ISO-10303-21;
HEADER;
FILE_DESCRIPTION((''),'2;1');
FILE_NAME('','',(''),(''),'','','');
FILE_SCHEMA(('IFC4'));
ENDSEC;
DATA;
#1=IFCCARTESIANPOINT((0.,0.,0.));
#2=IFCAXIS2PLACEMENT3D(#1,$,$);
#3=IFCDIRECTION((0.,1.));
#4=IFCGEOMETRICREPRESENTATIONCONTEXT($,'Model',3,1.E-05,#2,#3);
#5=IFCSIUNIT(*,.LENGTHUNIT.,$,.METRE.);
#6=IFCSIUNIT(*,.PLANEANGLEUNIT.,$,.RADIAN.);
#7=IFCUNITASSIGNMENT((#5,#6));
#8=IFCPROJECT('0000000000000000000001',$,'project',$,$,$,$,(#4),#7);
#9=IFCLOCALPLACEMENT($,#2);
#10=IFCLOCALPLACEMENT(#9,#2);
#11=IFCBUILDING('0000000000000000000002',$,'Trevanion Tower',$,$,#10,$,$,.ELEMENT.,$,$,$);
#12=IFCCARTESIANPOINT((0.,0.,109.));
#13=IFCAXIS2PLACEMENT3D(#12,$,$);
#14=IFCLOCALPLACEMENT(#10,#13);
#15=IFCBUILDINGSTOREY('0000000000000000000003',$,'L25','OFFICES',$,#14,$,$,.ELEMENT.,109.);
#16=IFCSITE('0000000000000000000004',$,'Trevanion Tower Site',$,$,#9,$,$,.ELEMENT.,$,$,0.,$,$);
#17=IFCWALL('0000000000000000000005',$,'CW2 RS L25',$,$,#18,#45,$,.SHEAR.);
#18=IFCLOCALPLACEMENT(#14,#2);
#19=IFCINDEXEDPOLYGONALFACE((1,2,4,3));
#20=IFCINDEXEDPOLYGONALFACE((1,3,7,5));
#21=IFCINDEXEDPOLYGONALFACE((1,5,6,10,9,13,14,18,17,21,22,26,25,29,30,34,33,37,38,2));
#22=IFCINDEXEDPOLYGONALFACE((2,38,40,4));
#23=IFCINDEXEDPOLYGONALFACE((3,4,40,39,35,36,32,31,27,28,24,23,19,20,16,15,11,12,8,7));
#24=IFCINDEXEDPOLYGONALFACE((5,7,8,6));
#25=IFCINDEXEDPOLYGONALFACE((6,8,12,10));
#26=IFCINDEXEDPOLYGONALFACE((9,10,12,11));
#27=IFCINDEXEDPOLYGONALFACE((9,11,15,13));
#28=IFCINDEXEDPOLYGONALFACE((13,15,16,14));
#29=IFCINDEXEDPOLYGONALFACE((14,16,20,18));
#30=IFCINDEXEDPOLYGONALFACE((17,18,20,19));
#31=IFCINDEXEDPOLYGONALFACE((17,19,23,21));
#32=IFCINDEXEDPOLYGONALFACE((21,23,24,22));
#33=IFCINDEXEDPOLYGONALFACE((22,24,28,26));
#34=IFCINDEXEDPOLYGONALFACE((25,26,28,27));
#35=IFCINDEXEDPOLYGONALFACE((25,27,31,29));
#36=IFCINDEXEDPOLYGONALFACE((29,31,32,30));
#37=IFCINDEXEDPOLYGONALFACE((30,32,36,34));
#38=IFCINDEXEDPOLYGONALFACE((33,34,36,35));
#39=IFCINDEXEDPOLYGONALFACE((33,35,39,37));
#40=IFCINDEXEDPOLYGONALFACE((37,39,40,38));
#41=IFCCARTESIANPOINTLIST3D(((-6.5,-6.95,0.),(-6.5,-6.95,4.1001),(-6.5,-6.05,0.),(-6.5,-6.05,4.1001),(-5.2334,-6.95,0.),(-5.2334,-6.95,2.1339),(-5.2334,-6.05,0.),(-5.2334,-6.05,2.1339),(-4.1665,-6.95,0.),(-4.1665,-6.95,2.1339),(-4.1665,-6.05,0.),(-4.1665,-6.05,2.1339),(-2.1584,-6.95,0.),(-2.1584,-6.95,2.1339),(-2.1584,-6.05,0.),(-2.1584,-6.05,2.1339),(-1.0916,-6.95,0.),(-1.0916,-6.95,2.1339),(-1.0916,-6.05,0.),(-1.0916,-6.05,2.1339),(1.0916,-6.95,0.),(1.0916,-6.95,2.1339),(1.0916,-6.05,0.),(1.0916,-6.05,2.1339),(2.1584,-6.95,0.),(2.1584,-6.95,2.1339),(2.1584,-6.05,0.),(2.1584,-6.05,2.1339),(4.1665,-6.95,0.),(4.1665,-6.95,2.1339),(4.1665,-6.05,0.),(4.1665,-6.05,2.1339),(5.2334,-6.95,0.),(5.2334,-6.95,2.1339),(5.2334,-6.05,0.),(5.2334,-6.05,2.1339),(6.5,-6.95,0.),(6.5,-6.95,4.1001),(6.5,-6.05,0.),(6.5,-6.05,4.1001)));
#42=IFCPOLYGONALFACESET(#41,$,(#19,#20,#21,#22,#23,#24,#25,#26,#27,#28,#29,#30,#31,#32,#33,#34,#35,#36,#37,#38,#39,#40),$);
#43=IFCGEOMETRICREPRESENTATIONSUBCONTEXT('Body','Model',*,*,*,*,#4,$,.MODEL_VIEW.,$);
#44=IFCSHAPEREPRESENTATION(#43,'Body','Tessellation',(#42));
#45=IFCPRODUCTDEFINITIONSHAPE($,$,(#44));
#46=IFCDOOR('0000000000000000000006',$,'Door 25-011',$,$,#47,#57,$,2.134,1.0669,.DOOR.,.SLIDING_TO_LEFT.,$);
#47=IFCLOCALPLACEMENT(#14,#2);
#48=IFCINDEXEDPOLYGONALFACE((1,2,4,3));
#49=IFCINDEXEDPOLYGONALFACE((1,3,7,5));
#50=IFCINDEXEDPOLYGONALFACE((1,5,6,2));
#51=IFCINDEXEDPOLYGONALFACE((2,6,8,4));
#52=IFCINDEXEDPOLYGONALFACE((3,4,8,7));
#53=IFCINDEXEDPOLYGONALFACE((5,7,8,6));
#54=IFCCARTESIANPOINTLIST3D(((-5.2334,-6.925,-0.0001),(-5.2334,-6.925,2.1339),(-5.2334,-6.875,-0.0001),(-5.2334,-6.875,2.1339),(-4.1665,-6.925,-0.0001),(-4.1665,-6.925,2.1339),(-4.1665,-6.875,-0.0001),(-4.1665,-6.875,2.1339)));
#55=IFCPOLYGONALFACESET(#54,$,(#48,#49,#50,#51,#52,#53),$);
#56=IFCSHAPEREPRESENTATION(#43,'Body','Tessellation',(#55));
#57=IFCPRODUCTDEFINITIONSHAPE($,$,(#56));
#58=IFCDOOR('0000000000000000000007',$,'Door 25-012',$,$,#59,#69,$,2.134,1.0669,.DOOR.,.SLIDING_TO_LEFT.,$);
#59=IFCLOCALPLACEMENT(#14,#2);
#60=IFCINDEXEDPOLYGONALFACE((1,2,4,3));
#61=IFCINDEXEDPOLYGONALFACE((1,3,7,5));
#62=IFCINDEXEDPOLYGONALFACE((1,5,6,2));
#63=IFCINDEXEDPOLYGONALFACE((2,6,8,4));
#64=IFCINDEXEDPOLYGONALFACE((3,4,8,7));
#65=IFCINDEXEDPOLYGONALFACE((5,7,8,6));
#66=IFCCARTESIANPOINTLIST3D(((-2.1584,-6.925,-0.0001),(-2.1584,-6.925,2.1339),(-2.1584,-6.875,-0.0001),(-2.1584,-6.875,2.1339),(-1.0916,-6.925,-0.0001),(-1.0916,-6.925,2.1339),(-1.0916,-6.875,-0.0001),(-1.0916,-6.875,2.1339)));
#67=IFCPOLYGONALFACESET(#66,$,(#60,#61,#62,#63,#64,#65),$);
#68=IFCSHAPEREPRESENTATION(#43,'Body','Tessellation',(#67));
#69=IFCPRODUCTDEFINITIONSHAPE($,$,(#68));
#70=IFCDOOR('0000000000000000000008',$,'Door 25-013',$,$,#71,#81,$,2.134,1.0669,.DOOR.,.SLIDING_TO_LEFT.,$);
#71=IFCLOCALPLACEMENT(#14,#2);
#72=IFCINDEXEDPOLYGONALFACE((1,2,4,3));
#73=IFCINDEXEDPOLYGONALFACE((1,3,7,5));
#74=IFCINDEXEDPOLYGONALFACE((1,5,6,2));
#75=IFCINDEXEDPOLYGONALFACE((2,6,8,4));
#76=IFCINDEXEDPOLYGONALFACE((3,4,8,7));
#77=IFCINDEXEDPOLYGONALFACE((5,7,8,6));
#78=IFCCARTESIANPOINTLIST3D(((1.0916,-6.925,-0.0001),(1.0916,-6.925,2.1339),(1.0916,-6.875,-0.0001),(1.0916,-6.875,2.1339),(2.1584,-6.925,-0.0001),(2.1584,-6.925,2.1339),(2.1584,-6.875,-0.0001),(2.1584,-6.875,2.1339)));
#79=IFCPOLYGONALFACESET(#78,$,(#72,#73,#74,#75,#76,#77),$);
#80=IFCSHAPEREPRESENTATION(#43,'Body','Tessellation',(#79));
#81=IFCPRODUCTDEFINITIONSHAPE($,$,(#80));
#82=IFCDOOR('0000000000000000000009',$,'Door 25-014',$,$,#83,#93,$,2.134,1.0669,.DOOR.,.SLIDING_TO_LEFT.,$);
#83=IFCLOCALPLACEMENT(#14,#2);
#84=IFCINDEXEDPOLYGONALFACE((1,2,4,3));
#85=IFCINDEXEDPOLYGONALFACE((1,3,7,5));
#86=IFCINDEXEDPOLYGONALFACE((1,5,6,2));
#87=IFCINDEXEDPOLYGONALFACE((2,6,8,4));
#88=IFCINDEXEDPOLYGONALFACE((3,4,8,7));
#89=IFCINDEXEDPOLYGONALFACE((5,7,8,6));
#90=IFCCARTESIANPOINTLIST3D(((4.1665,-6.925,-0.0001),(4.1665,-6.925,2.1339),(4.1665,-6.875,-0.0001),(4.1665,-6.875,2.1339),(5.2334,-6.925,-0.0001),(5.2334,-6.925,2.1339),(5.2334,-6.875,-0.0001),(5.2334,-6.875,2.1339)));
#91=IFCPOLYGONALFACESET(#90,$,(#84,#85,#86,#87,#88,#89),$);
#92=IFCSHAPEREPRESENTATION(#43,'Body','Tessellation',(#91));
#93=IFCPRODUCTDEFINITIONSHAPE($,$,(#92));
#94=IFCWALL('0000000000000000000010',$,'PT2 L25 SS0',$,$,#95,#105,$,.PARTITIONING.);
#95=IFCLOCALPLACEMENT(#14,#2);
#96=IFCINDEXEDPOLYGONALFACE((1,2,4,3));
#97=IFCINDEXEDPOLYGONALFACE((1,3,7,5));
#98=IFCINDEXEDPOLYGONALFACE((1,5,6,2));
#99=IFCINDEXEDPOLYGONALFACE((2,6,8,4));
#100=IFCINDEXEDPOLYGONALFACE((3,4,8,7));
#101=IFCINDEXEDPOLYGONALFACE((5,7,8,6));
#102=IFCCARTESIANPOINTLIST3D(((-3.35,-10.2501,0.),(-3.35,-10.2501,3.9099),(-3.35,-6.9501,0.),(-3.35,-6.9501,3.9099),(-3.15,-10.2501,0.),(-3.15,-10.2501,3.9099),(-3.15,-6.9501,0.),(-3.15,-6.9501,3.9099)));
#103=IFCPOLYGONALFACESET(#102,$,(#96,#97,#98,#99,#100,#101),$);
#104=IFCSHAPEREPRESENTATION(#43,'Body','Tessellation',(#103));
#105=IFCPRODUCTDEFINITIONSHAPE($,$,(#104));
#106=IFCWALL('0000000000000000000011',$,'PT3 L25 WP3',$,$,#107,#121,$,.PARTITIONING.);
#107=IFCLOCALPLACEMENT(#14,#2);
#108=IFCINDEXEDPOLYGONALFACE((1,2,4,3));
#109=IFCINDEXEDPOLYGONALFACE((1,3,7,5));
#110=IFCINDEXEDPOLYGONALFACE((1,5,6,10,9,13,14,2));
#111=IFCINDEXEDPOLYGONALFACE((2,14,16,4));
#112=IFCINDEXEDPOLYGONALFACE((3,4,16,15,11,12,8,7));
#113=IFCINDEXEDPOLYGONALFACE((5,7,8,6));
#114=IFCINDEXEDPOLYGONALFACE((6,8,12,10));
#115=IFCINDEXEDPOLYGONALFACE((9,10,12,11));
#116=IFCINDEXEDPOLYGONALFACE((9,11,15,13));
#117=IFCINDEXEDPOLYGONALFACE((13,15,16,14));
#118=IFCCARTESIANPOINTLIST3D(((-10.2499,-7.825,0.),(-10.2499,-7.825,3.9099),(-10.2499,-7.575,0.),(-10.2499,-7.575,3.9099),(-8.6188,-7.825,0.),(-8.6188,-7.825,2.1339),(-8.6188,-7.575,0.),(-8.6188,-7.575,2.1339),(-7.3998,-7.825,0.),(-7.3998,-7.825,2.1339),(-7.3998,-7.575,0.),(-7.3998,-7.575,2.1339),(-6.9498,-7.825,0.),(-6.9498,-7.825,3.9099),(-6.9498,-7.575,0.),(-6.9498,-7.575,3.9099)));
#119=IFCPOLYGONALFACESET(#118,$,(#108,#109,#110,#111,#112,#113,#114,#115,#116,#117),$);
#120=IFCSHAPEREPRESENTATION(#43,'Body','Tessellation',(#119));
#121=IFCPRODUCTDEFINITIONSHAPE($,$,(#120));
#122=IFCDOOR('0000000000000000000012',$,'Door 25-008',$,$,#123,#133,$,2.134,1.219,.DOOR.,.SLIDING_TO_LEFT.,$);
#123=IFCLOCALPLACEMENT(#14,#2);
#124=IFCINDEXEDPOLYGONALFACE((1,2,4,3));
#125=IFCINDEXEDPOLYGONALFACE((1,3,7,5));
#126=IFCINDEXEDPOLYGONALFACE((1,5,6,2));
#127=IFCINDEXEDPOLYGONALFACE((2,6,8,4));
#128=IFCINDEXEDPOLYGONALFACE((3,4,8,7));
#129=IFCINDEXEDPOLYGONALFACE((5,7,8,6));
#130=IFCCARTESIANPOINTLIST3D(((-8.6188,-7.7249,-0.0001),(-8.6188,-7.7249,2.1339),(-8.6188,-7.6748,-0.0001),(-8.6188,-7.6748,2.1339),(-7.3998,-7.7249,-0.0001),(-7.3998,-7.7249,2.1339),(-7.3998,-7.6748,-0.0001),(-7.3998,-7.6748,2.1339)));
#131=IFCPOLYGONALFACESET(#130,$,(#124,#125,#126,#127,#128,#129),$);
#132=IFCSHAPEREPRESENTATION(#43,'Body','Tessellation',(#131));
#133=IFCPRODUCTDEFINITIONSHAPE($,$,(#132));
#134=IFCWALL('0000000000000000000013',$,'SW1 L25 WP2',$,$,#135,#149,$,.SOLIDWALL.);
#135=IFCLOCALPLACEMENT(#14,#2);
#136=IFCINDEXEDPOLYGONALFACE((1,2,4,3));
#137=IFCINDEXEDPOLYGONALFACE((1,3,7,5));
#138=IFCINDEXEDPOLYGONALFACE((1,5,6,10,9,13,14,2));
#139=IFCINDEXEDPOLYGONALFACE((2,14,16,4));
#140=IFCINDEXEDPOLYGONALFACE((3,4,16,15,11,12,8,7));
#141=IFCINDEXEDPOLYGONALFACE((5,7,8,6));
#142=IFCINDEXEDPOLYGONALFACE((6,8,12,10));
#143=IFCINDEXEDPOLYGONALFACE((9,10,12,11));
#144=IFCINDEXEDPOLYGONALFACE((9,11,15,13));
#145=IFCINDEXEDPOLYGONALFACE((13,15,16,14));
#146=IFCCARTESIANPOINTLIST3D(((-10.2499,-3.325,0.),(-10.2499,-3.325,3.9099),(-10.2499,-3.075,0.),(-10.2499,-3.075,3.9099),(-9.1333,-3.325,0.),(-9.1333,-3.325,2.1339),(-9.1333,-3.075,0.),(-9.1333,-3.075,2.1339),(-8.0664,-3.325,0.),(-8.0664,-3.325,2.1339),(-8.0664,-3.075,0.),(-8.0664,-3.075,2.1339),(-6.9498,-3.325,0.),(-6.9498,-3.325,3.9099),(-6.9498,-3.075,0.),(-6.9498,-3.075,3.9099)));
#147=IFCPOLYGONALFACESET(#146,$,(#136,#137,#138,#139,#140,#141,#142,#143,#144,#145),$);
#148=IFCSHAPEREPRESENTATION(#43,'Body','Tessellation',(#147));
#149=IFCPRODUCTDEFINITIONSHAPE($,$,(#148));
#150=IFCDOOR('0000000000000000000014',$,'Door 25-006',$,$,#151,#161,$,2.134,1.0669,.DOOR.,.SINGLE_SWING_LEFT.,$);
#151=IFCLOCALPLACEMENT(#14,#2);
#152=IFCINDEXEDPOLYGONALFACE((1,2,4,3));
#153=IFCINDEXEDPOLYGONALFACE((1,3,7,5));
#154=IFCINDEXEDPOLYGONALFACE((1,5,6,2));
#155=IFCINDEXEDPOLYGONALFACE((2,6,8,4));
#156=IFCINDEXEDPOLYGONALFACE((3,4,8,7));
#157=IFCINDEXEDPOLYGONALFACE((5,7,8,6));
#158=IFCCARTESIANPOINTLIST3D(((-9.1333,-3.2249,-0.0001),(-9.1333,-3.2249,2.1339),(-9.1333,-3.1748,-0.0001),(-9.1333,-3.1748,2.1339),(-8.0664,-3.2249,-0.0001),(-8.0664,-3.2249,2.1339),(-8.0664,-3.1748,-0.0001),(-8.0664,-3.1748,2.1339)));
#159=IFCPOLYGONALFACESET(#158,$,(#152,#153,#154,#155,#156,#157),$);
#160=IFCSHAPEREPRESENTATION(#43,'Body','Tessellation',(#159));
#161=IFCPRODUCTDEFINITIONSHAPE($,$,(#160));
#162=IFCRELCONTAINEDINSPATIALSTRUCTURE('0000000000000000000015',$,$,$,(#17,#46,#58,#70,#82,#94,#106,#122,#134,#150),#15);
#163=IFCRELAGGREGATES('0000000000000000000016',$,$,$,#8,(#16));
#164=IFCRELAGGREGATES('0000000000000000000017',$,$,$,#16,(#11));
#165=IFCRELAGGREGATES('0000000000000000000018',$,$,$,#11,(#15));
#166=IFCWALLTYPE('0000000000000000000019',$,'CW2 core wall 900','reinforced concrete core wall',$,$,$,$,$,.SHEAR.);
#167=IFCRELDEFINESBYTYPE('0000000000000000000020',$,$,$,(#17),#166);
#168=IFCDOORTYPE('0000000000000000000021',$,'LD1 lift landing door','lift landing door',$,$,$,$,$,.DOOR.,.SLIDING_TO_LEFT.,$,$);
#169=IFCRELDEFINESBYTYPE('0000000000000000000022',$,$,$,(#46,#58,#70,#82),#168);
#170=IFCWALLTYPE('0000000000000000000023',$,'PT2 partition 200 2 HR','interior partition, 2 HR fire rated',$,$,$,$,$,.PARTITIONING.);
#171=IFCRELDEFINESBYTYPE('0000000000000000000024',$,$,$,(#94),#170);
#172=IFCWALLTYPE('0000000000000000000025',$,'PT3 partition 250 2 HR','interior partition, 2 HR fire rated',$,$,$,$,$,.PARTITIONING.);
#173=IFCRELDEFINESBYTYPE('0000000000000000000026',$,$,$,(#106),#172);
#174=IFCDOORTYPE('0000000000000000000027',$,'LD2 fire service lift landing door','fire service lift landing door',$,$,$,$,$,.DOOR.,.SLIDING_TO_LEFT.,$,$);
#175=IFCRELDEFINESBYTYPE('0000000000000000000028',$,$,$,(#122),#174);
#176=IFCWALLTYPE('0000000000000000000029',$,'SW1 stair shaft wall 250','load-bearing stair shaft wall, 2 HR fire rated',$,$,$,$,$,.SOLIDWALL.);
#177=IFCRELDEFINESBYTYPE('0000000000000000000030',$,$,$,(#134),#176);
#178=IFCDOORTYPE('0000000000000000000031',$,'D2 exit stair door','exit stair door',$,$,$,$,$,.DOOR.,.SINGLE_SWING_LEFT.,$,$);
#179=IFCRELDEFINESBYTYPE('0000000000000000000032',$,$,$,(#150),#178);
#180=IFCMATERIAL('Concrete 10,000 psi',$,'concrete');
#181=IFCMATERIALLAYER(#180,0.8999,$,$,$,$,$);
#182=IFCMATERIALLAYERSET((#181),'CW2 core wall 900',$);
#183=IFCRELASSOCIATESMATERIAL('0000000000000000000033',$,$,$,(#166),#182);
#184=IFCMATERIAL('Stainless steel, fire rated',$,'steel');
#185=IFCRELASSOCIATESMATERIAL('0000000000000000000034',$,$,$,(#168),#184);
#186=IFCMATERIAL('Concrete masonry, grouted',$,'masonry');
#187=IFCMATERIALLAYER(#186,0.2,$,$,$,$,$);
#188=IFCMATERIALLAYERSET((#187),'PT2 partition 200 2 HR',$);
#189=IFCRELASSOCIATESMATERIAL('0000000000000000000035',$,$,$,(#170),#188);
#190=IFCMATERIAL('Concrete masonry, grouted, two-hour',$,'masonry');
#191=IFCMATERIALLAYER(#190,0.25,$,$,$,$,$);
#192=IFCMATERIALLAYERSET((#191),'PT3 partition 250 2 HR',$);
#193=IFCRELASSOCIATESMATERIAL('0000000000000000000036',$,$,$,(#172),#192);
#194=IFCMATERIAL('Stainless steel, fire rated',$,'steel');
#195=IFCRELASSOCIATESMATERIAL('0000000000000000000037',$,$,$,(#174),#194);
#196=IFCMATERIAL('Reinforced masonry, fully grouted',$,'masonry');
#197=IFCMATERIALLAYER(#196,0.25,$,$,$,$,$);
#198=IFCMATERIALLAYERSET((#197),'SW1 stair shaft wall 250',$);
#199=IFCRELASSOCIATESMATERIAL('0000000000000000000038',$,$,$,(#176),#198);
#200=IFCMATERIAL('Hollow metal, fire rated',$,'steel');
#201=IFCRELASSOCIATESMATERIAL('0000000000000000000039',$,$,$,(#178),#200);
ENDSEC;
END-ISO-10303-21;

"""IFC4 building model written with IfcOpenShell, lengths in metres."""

from ifc_helpers import new_model, si_unit, direction, frame, frame_2d, origin, place, context, subcontext, project, spatial, rectangle, extrude, material, layer, layer_set, type_object, element, fill, save


model = new_model("IFC4")

# Units and contexts
model_context = context("Model", 3, precision=1e-05, world=origin(), true_north=direction((0.0, 1.0)))
body_context = subcontext(model_context, "Body", "Model", "MODEL_VIEW")
ifc_project = project(units=[si_unit("LENGTHUNIT", "METRE"), si_unit("PLANEANGLEUNIT", "RADIAN")], contexts=[model_context])

# Site, building, storey
site_placement = place(None, origin())
site = spatial("IfcSite", under=ifc_project, at=site_placement, Name="Trevanion Tower Site", CompositionType="ELEMENT", RefElevation=0.0)
building_placement = place(site_placement, origin())
building = spatial("IfcBuilding", under=site, at=building_placement, Name="Trevanion Tower", CompositionType="ELEMENT")
storey_placement = place(building_placement, frame((0.0, 0.0, 109.0)))
storey = spatial("IfcBuildingStorey", under=building, at=storey_placement, Name="L25", Description="OFFICES", CompositionType="ELEMENT", Elevation=109.0)

# Shared definitions
ifc_material_1 = material(Name="Concrete 10,000 psi", Category="concrete")
ifc_layer_1 = layer(ifc_material_1, 0.8999)
ifc_layer_set_1 = layer_set([ifc_layer_1], Name="CW2 core wall 900")
wall_type_1 = type_object("IfcWallType", Name="CW2 core wall 900", Description="reinforced concrete core wall", PredefinedType="SHEAR", material=ifc_layer_set_1)

# Wall, openings, doors
wall_1_placement = place(storey_placement, frame((-6.5, -6.5, 0.0), z_axis=(0.0, 0.0, 1.0), x_axis=(1.0, 0.0, 0.0)))
wall_1 = element("IfcWall", 1, at=wall_1_placement, inside=storey, type_object=wall_type_1, Name="CW2 RS L25", PredefinedType="SHEAR", context=body_context, shape_type="SweptSolid", body=[
    extrude(rectangle(XDim=13.0, YDim=0.8999, at=frame_2d((6.5, 0.0))), origin(), (0.0, 0.0, 1.0), 4.1001),
])
opening_1_placement = place(wall_1_placement, frame((1.2666, 0.0, 0.0)))
opening_1 = element("IfcOpeningElement", 2, at=opening_1_placement, cuts=wall_1, PredefinedType="OPENING", context=body_context, shape_type="SweptSolid", body=[
    extrude(rectangle(XDim=1.0669, YDim=2.134, at=frame_2d((0.5334, 1.0669))), frame((0.0, 0.46, 0.0), z_axis=(0.0, -1.0, 0.0), x_axis=(1.0, 0.0, 0.0)), (0.0, 0.0, 1.0), 0.9199),
])
opening_2_placement = place(wall_1_placement, frame((4.3416, 0.0, 0.0)))
opening_2 = element("IfcOpeningElement", 3, at=opening_2_placement, cuts=wall_1, PredefinedType="OPENING", context=body_context, shape_type="SweptSolid", body=[
    extrude(rectangle(XDim=1.0669, YDim=2.134, at=frame_2d((0.5334, 1.0669))), frame((0.0, 0.46, 0.0), z_axis=(0.0, -1.0, 0.0), x_axis=(1.0, 0.0, 0.0)), (0.0, 0.0, 1.0), 0.9199),
])
opening_3_placement = place(wall_1_placement, frame((7.5916, 0.0, 0.0)))
opening_3 = element("IfcOpeningElement", 4, at=opening_3_placement, cuts=wall_1, PredefinedType="OPENING", context=body_context, shape_type="SweptSolid", body=[
    extrude(rectangle(XDim=1.0669, YDim=2.134, at=frame_2d((0.5334, 1.0669))), frame((0.0, 0.46, 0.0), z_axis=(0.0, -1.0, 0.0), x_axis=(1.0, 0.0, 0.0)), (0.0, 0.0, 1.0), 0.9199),
])
opening_4_placement = place(wall_1_placement, frame((10.6665, 0.0, 0.0)))
opening_4 = element("IfcOpeningElement", 5, at=opening_4_placement, cuts=wall_1, PredefinedType="OPENING", context=body_context, shape_type="SweptSolid", body=[
    extrude(rectangle(XDim=1.0669, YDim=2.134, at=frame_2d((0.5334, 1.0669))), frame((0.0, 0.46, 0.0), z_axis=(0.0, -1.0, 0.0), x_axis=(1.0, 0.0, 0.0)), (0.0, 0.0, 1.0), 0.9199),
])
ifc_material_2 = material(Name="Stainless steel, fire rated", Category="steel")
door_type_1 = type_object("IfcDoorType", Name="LD1 lift landing door", Description="lift landing door", OperationType="SLIDING_TO_LEFT", PredefinedType="DOOR", material=ifc_material_2)
door_1_placement = place(opening_1_placement, origin())
door_1 = element("IfcDoor", 6, at=door_1_placement, inside=storey, type_object=door_type_1, Name="Door 25-011", OperationType="SLIDING_TO_LEFT", OverallHeight=2.134, OverallWidth=1.0669, PredefinedType="DOOR", context=body_context, shape_type="SweptSolid", body=[
    extrude(rectangle(XDim=1.0669, YDim=2.134, at=frame_2d((0.5334, 1.0669))), frame((0.0, -0.375, 0.0), z_axis=(0.0, -1.0, 0.0), x_axis=(1.0, 0.0, 0.0)), (0.0, 0.0, 1.0), 0.05),
])
fill(opening_1, door_1)
door_2_placement = place(opening_2_placement, origin())
door_2 = element("IfcDoor", 7, at=door_2_placement, inside=storey, type_object=door_type_1, Name="Door 25-012", OperationType="SLIDING_TO_LEFT", OverallHeight=2.134, OverallWidth=1.0669, PredefinedType="DOOR", context=body_context, shape_type="SweptSolid", body=[
    extrude(rectangle(XDim=1.0669, YDim=2.134, at=frame_2d((0.5334, 1.0669))), frame((0.0, -0.375, 0.0), z_axis=(0.0, -1.0, 0.0), x_axis=(1.0, 0.0, 0.0)), (0.0, 0.0, 1.0), 0.05),
])
fill(opening_2, door_2)
door_3_placement = place(opening_3_placement, origin())
door_3 = element("IfcDoor", 8, at=door_3_placement, inside=storey, type_object=door_type_1, Name="Door 25-013", OperationType="SLIDING_TO_LEFT", OverallHeight=2.134, OverallWidth=1.0669, PredefinedType="DOOR", context=body_context, shape_type="SweptSolid", body=[
    extrude(rectangle(XDim=1.0669, YDim=2.134, at=frame_2d((0.5334, 1.0669))), frame((0.0, -0.375, 0.0), z_axis=(0.0, -1.0, 0.0), x_axis=(1.0, 0.0, 0.0)), (0.0, 0.0, 1.0), 0.05),
])
fill(opening_3, door_3)
door_4_placement = place(opening_4_placement, origin())
door_4 = element("IfcDoor", 9, at=door_4_placement, inside=storey, type_object=door_type_1, Name="Door 25-014", OperationType="SLIDING_TO_LEFT", OverallHeight=2.134, OverallWidth=1.0669, PredefinedType="DOOR", context=body_context, shape_type="SweptSolid", body=[
    extrude(rectangle(XDim=1.0669, YDim=2.134, at=frame_2d((0.5334, 1.0669))), frame((0.0, -0.375, 0.0), z_axis=(0.0, -1.0, 0.0), x_axis=(1.0, 0.0, 0.0)), (0.0, 0.0, 1.0), 0.05),
])
fill(opening_4, door_4)

# Wall
ifc_material_3 = material(Name="Concrete masonry, grouted", Category="masonry")
ifc_layer_2 = layer(ifc_material_3, 0.2)
ifc_layer_set_2 = layer_set([ifc_layer_2], Name="PT2 partition 200 2 HR")
wall_type_2 = type_object("IfcWallType", Name="PT2 partition 200 2 HR", Description="interior partition, 2 HR fire rated", PredefinedType="PARTITIONING", material=ifc_layer_set_2)
wall_2_placement = place(storey_placement, frame((-3.25, -10.25, 0.0), z_axis=(0.0, 0.0, 1.0), x_axis=(0.0, 1.0, 0.0)))
element("IfcWall", 10, at=wall_2_placement, inside=storey, type_object=wall_type_2, Name="PT2 L25 SS0", PredefinedType="PARTITIONING", context=body_context, shape_type="SweptSolid", body=[
    extrude(rectangle(XDim=3.3, YDim=0.2, at=frame_2d((1.6499, 0.0))), origin(), (0.0, 0.0, 1.0), 3.9099),
])

# Walls, openings, doors
ifc_material_4 = material(Name="Concrete masonry, grouted, two-hour", Category="masonry")
ifc_layer_3 = layer(ifc_material_4, 0.25)
ifc_layer_set_3 = layer_set([ifc_layer_3], Name="PT3 partition 250 2 HR")
wall_type_3 = type_object("IfcWallType", Name="PT3 partition 250 2 HR", Description="interior partition, 2 HR fire rated", PredefinedType="PARTITIONING", material=ifc_layer_set_3)
wall_3_placement = place(storey_placement, frame((-6.95, -7.7, 0.0), z_axis=(0.0, 0.0, 1.0), x_axis=(-1.0, 0.0, 0.0)))
wall_3 = element("IfcWall", 11, at=wall_3_placement, inside=storey, type_object=wall_type_3, Name="PT3 L25 WP3", PredefinedType="PARTITIONING", context=body_context, shape_type="SweptSolid", body=[
    extrude(rectangle(XDim=3.3, YDim=0.25, at=frame_2d((1.6499, 0.0))), origin(), (0.0, 0.0, 1.0), 3.9099),
])
opening_5_placement = place(wall_3_placement, frame((0.45, 0.0, 0.0)))
opening_5 = element("IfcOpeningElement", 12, at=opening_5_placement, cuts=wall_3, PredefinedType="OPENING", context=body_context, shape_type="SweptSolid", body=[
    extrude(rectangle(XDim=1.219, YDim=2.134, at=frame_2d((0.6094, 1.0669))), frame((0.0, 0.135, 0.0), z_axis=(0.0, -1.0, 0.0), x_axis=(1.0, 0.0, 0.0)), (0.0, 0.0, 1.0), 0.27),
])
ifc_material_5 = material(Name="Stainless steel, fire rated", Category="steel")
door_type_2 = type_object("IfcDoorType", Name="LD2 fire service lift landing door", Description="fire service lift landing door", OperationType="SLIDING_TO_LEFT", PredefinedType="DOOR", material=ifc_material_5)
door_5_placement = place(opening_5_placement, origin())
door_5 = element("IfcDoor", 13, at=door_5_placement, inside=storey, type_object=door_type_2, Name="Door 25-008", OperationType="SLIDING_TO_LEFT", OverallHeight=2.134, OverallWidth=1.219, PredefinedType="DOOR", context=body_context, shape_type="SweptSolid", body=[
    extrude(rectangle(XDim=1.219, YDim=2.134, at=frame_2d((0.6094, 1.0669))), frame((0.0, 0.0249, 0.0), z_axis=(0.0, -1.0, 0.0), x_axis=(1.0, 0.0, 0.0)), (0.0, 0.0, 1.0), 0.05),
])
fill(opening_5, door_5)
ifc_material_6 = material(Name="Reinforced masonry, fully grouted", Category="masonry")
ifc_layer_4 = layer(ifc_material_6, 0.25)
ifc_layer_set_4 = layer_set([ifc_layer_4], Name="SW1 stair shaft wall 250")
wall_type_4 = type_object("IfcWallType", Name="SW1 stair shaft wall 250", Description="load-bearing stair shaft wall, 2 HR fire rated", PredefinedType="SOLIDWALL", material=ifc_layer_set_4)
wall_4_placement = place(storey_placement, frame((-6.95, -3.2, 0.0), z_axis=(0.0, 0.0, 1.0), x_axis=(-1.0, 0.0, 0.0)))
wall_4 = element("IfcWall", 14, at=wall_4_placement, inside=storey, type_object=wall_type_4, Name="SW1 L25 WP2", PredefinedType="SOLIDWALL", context=body_context, shape_type="SweptSolid", body=[
    extrude(rectangle(XDim=3.3, YDim=0.25, at=frame_2d((1.6499, 0.0))), origin(), (0.0, 0.0, 1.0), 3.9099),
])
opening_6_placement = place(wall_4_placement, frame((1.1165, 0.0, 0.0)))
opening_6 = element("IfcOpeningElement", 15, at=opening_6_placement, cuts=wall_4, PredefinedType="OPENING", context=body_context, shape_type="SweptSolid", body=[
    extrude(rectangle(XDim=1.0669, YDim=2.134, at=frame_2d((0.5334, 1.0669))), frame((0.0, 0.135, 0.0), z_axis=(0.0, -1.0, 0.0), x_axis=(1.0, 0.0, 0.0)), (0.0, 0.0, 1.0), 0.27),
])
ifc_material_7 = material(Name="Hollow metal, fire rated", Category="steel")
door_type_3 = type_object("IfcDoorType", Name="D2 exit stair door", Description="exit stair door", OperationType="SINGLE_SWING_LEFT", PredefinedType="DOOR", material=ifc_material_7)
door_6_placement = place(opening_6_placement, origin())
door_6 = element("IfcDoor", 16, at=door_6_placement, inside=storey, type_object=door_type_3, Name="Door 25-006", OperationType="SINGLE_SWING_LEFT", OverallHeight=2.134, OverallWidth=1.0669, PredefinedType="DOOR", context=body_context, shape_type="SweptSolid", body=[
    extrude(rectangle(XDim=1.0669, YDim=2.134, at=frame_2d((0.5334, 1.0669))), frame((0.0, 0.0249, 0.0), z_axis=(0.0, -1.0, 0.0), x_axis=(1.0, 0.0, 0.0)), (0.0, 0.0, 1.0), 0.05),
])
fill(opening_6, door_6)

save(model, "model.ifc")
